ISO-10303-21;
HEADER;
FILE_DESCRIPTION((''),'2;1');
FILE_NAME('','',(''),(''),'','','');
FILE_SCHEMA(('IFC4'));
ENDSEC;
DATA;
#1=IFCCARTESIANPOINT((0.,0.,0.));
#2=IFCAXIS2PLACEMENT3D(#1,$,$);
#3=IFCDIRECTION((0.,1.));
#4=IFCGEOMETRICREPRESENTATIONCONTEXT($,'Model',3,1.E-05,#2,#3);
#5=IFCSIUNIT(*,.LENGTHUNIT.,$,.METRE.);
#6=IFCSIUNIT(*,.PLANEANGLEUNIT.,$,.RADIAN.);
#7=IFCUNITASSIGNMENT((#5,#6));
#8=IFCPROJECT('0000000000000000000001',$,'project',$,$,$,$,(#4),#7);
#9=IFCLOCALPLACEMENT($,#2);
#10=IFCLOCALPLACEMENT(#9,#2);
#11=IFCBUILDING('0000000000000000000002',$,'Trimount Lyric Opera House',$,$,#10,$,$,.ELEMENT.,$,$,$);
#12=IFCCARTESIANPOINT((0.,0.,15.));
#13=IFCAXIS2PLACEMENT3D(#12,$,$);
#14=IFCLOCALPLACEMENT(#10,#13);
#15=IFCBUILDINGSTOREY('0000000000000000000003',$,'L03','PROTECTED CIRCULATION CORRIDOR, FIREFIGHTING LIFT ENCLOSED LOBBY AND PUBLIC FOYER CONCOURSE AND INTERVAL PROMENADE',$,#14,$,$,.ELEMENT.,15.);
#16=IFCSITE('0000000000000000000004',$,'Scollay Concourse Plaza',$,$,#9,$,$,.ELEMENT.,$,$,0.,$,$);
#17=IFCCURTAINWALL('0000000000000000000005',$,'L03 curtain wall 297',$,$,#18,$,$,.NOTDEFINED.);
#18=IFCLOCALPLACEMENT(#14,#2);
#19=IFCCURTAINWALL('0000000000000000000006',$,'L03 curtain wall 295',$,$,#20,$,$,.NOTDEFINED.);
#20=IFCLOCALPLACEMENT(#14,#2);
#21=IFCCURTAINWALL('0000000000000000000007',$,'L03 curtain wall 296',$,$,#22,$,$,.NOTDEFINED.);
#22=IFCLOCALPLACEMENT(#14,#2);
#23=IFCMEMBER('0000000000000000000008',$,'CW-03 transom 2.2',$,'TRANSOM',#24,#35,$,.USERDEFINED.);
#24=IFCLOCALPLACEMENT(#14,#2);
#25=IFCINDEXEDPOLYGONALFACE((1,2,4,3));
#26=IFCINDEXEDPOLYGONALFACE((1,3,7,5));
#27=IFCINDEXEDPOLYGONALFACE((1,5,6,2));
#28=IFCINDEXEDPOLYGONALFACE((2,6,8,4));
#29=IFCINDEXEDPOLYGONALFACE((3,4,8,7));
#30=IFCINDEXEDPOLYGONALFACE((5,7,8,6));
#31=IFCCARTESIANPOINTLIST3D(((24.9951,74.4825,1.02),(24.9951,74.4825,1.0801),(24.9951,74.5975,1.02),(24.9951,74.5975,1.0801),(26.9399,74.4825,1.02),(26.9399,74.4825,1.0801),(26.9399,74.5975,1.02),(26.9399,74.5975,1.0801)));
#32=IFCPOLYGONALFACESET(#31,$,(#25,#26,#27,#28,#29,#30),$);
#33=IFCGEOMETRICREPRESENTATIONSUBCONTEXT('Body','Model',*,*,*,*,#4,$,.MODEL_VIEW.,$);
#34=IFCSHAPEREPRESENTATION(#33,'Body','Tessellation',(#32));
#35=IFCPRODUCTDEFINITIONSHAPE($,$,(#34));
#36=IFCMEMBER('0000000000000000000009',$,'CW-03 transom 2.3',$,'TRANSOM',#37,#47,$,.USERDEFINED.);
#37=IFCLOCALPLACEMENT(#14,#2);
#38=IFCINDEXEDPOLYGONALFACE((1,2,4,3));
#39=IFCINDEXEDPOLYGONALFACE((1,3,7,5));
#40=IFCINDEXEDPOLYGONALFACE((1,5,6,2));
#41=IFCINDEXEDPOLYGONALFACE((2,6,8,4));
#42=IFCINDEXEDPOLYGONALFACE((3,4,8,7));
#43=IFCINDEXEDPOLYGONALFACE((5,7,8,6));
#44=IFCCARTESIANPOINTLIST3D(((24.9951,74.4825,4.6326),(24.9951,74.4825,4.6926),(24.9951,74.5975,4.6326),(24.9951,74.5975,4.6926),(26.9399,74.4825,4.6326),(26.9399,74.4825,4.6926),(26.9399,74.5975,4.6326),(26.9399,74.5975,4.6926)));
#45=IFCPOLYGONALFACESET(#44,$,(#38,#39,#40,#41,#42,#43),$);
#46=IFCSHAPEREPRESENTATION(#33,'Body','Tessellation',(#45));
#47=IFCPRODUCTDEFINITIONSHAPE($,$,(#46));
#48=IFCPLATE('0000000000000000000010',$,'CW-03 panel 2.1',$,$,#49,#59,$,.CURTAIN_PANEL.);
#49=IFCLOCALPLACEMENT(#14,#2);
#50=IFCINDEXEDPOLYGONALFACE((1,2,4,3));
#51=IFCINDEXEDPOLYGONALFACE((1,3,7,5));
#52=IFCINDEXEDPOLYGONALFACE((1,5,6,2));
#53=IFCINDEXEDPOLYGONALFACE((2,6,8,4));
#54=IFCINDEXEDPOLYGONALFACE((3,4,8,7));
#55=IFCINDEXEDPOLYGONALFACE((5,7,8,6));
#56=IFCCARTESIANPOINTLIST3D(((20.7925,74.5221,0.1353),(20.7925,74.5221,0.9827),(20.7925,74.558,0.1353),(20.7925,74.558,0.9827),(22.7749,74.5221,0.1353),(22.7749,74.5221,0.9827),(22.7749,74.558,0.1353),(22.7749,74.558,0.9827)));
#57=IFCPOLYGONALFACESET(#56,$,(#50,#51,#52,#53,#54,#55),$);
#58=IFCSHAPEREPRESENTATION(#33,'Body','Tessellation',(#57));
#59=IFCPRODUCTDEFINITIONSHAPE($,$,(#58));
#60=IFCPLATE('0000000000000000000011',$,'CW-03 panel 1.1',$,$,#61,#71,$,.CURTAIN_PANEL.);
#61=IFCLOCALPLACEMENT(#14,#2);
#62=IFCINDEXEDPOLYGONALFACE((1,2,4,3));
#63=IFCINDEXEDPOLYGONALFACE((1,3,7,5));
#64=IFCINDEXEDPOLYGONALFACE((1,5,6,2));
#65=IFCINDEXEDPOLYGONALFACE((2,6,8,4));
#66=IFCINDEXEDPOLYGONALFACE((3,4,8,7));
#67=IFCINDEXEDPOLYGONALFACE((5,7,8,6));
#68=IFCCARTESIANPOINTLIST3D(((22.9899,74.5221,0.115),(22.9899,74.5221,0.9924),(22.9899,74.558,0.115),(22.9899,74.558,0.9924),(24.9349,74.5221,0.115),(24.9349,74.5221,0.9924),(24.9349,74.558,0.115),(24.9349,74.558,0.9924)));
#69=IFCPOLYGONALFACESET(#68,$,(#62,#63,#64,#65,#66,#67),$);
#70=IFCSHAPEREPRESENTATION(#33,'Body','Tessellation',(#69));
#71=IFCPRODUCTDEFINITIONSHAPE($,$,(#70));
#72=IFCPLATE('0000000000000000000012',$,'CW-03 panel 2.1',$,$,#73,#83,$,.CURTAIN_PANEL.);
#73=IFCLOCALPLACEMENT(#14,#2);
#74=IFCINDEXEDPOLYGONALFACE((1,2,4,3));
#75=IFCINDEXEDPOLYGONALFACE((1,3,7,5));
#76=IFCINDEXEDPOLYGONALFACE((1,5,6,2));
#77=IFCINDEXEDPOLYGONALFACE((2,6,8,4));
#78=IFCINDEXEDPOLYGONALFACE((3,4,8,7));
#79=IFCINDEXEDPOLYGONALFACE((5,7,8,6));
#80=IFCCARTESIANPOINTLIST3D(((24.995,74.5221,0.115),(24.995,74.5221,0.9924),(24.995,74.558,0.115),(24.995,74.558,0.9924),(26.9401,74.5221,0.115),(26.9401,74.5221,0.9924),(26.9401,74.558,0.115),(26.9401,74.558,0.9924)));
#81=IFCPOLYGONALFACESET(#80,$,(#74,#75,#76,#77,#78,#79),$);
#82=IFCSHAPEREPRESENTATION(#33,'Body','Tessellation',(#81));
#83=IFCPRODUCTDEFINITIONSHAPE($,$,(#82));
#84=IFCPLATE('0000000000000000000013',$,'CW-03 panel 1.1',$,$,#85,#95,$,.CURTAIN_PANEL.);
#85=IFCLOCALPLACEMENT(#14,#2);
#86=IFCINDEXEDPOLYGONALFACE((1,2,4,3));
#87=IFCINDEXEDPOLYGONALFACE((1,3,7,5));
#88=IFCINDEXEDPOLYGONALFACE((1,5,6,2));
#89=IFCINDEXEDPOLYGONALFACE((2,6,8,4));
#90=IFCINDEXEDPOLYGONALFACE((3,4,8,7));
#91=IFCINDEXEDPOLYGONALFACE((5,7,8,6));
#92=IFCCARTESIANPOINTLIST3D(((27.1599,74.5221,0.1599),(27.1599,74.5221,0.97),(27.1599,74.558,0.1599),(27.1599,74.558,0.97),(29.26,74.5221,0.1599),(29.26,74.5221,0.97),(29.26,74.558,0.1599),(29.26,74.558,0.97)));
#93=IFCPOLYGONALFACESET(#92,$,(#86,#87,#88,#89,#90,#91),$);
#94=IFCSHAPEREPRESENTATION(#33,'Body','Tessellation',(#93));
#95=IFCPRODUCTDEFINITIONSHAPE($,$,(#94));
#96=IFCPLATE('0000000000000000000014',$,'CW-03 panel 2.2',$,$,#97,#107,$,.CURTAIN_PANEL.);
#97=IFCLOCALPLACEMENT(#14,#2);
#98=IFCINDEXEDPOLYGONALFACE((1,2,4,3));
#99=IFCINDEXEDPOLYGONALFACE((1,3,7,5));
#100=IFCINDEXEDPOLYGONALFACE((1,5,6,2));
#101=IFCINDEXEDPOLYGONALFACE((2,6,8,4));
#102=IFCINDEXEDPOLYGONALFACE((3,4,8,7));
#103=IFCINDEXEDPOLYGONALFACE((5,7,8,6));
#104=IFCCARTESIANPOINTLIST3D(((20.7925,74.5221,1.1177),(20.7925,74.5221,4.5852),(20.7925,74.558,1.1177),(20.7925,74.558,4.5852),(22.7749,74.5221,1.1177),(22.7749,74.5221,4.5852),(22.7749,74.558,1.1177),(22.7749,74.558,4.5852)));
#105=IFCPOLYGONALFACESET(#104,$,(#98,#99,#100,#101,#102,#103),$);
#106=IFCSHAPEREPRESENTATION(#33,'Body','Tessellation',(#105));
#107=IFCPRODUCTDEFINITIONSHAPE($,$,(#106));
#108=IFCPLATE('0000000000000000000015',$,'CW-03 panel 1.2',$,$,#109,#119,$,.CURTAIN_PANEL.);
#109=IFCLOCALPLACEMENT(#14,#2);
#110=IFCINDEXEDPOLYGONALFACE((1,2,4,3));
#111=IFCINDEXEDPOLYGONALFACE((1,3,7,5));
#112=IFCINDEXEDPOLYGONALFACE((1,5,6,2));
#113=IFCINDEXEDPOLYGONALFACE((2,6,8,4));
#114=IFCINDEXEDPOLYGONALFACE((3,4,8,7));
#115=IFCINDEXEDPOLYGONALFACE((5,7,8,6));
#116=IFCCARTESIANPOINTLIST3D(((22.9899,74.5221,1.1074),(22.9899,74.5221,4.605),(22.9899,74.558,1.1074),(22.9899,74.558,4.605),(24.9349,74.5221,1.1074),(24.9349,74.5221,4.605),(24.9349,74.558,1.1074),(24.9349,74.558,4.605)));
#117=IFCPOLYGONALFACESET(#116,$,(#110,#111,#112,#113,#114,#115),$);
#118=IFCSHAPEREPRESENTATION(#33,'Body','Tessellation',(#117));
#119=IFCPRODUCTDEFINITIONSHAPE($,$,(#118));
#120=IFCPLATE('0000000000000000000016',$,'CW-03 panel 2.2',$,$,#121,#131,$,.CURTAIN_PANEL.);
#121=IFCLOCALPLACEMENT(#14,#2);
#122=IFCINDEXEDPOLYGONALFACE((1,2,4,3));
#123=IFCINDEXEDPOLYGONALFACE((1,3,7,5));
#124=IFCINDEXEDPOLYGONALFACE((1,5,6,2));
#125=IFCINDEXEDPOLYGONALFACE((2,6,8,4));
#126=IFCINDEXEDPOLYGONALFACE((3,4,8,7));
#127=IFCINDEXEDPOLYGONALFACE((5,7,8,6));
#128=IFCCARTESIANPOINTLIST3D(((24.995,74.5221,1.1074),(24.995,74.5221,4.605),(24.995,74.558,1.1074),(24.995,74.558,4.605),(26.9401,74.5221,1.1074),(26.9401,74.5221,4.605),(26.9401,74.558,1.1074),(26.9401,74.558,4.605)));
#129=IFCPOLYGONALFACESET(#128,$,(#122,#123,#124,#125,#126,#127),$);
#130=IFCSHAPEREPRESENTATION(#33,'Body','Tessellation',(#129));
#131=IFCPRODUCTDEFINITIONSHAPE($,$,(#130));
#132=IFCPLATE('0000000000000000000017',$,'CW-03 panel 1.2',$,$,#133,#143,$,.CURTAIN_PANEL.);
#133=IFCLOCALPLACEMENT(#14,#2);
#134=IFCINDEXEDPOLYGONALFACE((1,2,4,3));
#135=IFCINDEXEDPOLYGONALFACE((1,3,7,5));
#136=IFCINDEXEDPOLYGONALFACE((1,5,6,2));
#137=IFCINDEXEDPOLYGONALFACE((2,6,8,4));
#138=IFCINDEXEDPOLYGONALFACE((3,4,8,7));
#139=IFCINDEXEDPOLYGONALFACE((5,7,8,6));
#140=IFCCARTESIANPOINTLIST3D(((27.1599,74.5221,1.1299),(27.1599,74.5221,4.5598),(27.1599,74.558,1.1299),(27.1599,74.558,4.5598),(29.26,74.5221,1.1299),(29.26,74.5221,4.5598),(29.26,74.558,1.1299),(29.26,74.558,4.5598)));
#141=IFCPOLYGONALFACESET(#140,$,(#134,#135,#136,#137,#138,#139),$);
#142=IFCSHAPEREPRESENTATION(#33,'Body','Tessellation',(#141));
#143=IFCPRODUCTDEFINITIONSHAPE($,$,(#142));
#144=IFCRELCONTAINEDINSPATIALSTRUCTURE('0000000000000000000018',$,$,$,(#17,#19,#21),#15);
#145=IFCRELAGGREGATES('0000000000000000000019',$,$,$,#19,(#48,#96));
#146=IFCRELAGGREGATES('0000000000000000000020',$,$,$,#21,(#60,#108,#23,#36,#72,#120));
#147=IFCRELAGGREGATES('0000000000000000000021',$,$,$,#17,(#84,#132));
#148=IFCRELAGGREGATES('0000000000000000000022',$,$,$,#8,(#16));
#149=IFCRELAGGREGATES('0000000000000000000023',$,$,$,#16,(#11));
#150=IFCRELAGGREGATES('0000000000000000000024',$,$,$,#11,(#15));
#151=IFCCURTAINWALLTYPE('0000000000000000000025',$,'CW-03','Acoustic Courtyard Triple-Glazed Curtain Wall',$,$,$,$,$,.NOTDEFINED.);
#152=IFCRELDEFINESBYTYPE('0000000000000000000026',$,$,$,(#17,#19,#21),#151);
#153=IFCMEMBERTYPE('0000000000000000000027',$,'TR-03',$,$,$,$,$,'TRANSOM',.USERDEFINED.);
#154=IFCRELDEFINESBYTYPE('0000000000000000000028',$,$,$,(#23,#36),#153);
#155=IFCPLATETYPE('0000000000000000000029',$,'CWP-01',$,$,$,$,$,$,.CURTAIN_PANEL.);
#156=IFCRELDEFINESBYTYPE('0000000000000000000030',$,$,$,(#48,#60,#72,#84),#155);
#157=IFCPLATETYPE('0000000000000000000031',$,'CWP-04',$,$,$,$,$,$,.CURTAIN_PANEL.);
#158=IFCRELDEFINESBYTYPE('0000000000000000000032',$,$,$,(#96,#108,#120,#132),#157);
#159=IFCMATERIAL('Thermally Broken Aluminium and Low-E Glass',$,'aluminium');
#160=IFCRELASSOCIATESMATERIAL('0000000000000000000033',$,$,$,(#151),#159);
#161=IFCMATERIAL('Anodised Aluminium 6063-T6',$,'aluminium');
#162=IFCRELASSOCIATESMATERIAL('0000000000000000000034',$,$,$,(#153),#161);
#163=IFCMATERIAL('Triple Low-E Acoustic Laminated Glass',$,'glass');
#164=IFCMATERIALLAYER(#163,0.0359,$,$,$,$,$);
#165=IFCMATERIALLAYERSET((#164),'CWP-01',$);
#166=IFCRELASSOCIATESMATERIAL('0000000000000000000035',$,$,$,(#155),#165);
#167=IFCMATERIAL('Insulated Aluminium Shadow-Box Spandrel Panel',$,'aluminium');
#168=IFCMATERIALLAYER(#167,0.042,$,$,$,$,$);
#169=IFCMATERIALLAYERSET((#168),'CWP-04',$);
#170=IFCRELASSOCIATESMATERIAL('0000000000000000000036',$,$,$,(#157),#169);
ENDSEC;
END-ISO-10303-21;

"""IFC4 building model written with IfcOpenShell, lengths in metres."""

from ifc_helpers import new_model, si_unit, direction, frame, origin, origin_2d, place, context, subcontext, project, spatial, rectangle, extrude, material, layer, layer_set, material_profile, profile_set, type_object, element, aggregate, save


model = new_model("IFC4")

# Units and contexts
model_context = context("Model", 3, precision=1e-05, world=origin(), true_north=direction((0.0, 1.0)))
body_context = subcontext(model_context, "Body", "Model", "MODEL_VIEW")
ifc_project = project(units=[si_unit("LENGTHUNIT", "METRE"), si_unit("PLANEANGLEUNIT", "RADIAN")], contexts=[model_context])

# Site, building, storey
site_placement = place(None, origin())
site = spatial("IfcSite", under=ifc_project, at=site_placement, Name="Scollay Concourse Plaza", CompositionType="ELEMENT", RefElevation=0.0)
building_placement = place(site_placement, origin())
building = spatial("IfcBuilding", under=site, at=building_placement, Name="Trimount Lyric Opera House", CompositionType="ELEMENT")
storey_placement = place(building_placement, frame((0.0, 0.0, 15.0)))
storey = spatial("IfcBuildingStorey", under=building, at=storey_placement, Name="L03", Description="PROTECTED CIRCULATION CORRIDOR, FIREFIGHTING LIFT ENCLOSED LOBBY AND PUBLIC FOYER CONCOURSE AND INTERVAL PROMENADE", CompositionType="ELEMENT", Elevation=15.0)

# Curtain walls
ifc_material_1 = material(Name="Thermally Broken Aluminium and Low-E Glass", Category="aluminium")
curtain_wall_type = type_object("IfcCurtainWallType", Name="CW-03", Description="Acoustic Courtyard Triple-Glazed Curtain Wall", PredefinedType="NOTDEFINED", material=ifc_material_1)
curtain_wall_1_placement = place(storey_placement, origin())
curtain_wall_1 = element("IfcCurtainWall", 1, at=curtain_wall_1_placement, inside=storey, type_object=curtain_wall_type, Name="L03 curtain wall 297", PredefinedType="NOTDEFINED")
curtain_wall_2_placement = place(storey_placement, origin())
curtain_wall_2 = element("IfcCurtainWall", 2, at=curtain_wall_2_placement, inside=storey, type_object=curtain_wall_type, Name="L03 curtain wall 295", PredefinedType="NOTDEFINED")

# Curtain wall
curtain_wall_3_placement = place(storey_placement, origin())
curtain_wall_3 = element("IfcCurtainWall", 3, at=curtain_wall_3_placement, inside=storey, type_object=curtain_wall_type, Name="L03 curtain wall 296", PredefinedType="NOTDEFINED")

# Members
ifc_material_2 = material(Name="Anodised Aluminium 6063-T6", Category="aluminium")
ifc_material_profile_1 = material_profile(ifc_material_2, rectangle(XDim=0.115, YDim=0.0601, at=origin_2d()), Name="ALU-TRAN-60X115")
ifc_profile_set_1 = profile_set([ifc_material_profile_1], Name="Anodised Aluminium 6063-T6")
member_type_1 = type_object("IfcMemberType", Name="TR-03", ElementType="TRANSOM", PredefinedType="USERDEFINED", material=ifc_profile_set_1)
member_1_placement = place(storey_placement, frame((24.9951, 74.54, 1.05), z_axis=(1.0, 0.0, 0.0), x_axis=(0.0, 1.0, 0.0)))
member_1 = element("IfcMember", 4, at=member_1_placement, type_object=member_type_1, Name="CW-03 transom 2.2", ObjectType="TRANSOM", PredefinedType="USERDEFINED", context=body_context, shape_type="SweptSolid", body=[
    extrude(rectangle(XDim=0.115, YDim=0.0601, at=origin_2d()), origin(), (0.0, 0.0, 1.0), 1.9448),
])
member_2_placement = place(storey_placement, frame((24.9951, 74.54, 4.6626), z_axis=(1.0, 0.0, 0.0), x_axis=(0.0, 1.0, 0.0)))
member_2 = element("IfcMember", 5, at=member_2_placement, type_object=member_type_1, Name="CW-03 transom 2.3", ObjectType="TRANSOM", PredefinedType="USERDEFINED", context=body_context, shape_type="SweptSolid", body=[
    extrude(rectangle(XDim=0.115, YDim=0.0601, at=origin_2d()), origin(), (0.0, 0.0, 1.0), 1.9448),
])

# Plates
ifc_material_3 = material(Name="Triple Low-E Acoustic Laminated Glass", Category="glass")
ifc_layer_1 = layer(ifc_material_3, 0.0359)
ifc_layer_set_1 = layer_set([ifc_layer_1], Name="CWP-01")
plate_type_1 = type_object("IfcPlateType", Name="CWP-01", PredefinedType="CURTAIN_PANEL", material=ifc_layer_set_1)
plate_1_placement = place(storey_placement, frame((21.7837, 74.54, 0.1353), z_axis=(0.0, 0.0, 1.0), x_axis=(1.0, 0.0, 0.0)))
plate_1 = element("IfcPlate", 6, at=plate_1_placement, type_object=plate_type_1, Name="CW-03 panel 2.1", PredefinedType="CURTAIN_PANEL", context=body_context, shape_type="SweptSolid", body=[
    extrude(rectangle(XDim=1.9824, YDim=0.0359, at=origin_2d()), origin(), (0.0, 0.0, 1.0), 0.8474),
])
plate_2_placement = place(storey_placement, frame((23.9624, 74.54, 0.115), z_axis=(0.0, 0.0, 1.0), x_axis=(1.0, 0.0, 0.0)))
plate_2 = element("IfcPlate", 7, at=plate_2_placement, type_object=plate_type_1, Name="CW-03 panel 1.1", PredefinedType="CURTAIN_PANEL", context=body_context, shape_type="SweptSolid", body=[
    extrude(rectangle(XDim=1.9451, YDim=0.0359, at=origin_2d()), origin(), (0.0, 0.0, 1.0), 0.8774),
])
plate_3_placement = place(storey_placement, frame((25.9675, 74.54, 0.115), z_axis=(0.0, 0.0, 1.0), x_axis=(1.0, 0.0, 0.0)))
plate_3 = element("IfcPlate", 8, at=plate_3_placement, type_object=plate_type_1, Name="CW-03 panel 2.1", PredefinedType="CURTAIN_PANEL", context=body_context, shape_type="SweptSolid", body=[
    extrude(rectangle(XDim=1.9451, YDim=0.0359, at=origin_2d()), origin(), (0.0, 0.0, 1.0), 0.8774),
])
plate_4_placement = place(storey_placement, frame((28.21, 74.54, 0.1599), z_axis=(0.0, 0.0, 1.0), x_axis=(1.0, 0.0, 0.0)))
plate_4 = element("IfcPlate", 9, at=plate_4_placement, type_object=plate_type_1, Name="CW-03 panel 1.1", PredefinedType="CURTAIN_PANEL", context=body_context, shape_type="SweptSolid", body=[
    extrude(rectangle(XDim=2.1001, YDim=0.0359, at=origin_2d()), origin(), (0.0, 0.0, 1.0), 0.8101),
])
ifc_material_4 = material(Name="Insulated Aluminium Shadow-Box Spandrel Panel", Category="aluminium")
ifc_layer_2 = layer(ifc_material_4, 0.042)
ifc_layer_set_2 = layer_set([ifc_layer_2], Name="CWP-04")
plate_type_2 = type_object("IfcPlateType", Name="CWP-04", PredefinedType="CURTAIN_PANEL", material=ifc_layer_set_2)
plate_5_placement = place(storey_placement, frame((21.7837, 74.54, 1.1177), z_axis=(0.0, 0.0, 1.0), x_axis=(1.0, 0.0, 0.0)))
plate_5 = element("IfcPlate", 10, at=plate_5_placement, type_object=plate_type_2, Name="CW-03 panel 2.2", PredefinedType="CURTAIN_PANEL", context=body_context, shape_type="SweptSolid", body=[
    extrude(rectangle(XDim=1.9824, YDim=0.0359, at=origin_2d()), origin(), (0.0, 0.0, 1.0), 3.4675),
])
aggregate(curtain_wall_2, [plate_1, plate_5])
plate_6_placement = place(storey_placement, frame((23.9624, 74.54, 1.1074), z_axis=(0.0, 0.0, 1.0), x_axis=(1.0, 0.0, 0.0)))
plate_6 = element("IfcPlate", 11, at=plate_6_placement, type_object=plate_type_2, Name="CW-03 panel 1.2", PredefinedType="CURTAIN_PANEL", context=body_context, shape_type="SweptSolid", body=[
    extrude(rectangle(XDim=1.9451, YDim=0.0359, at=origin_2d()), origin(), (0.0, 0.0, 1.0), 3.4976),
])
plate_7_placement = place(storey_placement, frame((25.9675, 74.54, 1.1074), z_axis=(0.0, 0.0, 1.0), x_axis=(1.0, 0.0, 0.0)))
plate_7 = element("IfcPlate", 12, at=plate_7_placement, type_object=plate_type_2, Name="CW-03 panel 2.2", PredefinedType="CURTAIN_PANEL", context=body_context, shape_type="SweptSolid", body=[
    extrude(rectangle(XDim=1.9451, YDim=0.0359, at=origin_2d()), origin(), (0.0, 0.0, 1.0), 3.4976),
])
aggregate(curtain_wall_3, [plate_2, plate_6, member_1, member_2, plate_3, plate_7])
plate_8_placement = place(storey_placement, frame((28.21, 74.54, 1.1299), z_axis=(0.0, 0.0, 1.0), x_axis=(1.0, 0.0, 0.0)))
plate_8 = element("IfcPlate", 13, at=plate_8_placement, type_object=plate_type_2, Name="CW-03 panel 1.2", PredefinedType="CURTAIN_PANEL", context=body_context, shape_type="SweptSolid", body=[
    extrude(rectangle(XDim=2.1001, YDim=0.0359, at=origin_2d()), origin(), (0.0, 0.0, 1.0), 3.4299),
])
aggregate(curtain_wall_1, [plate_4, plate_8])

save(model, "model.ifc")
